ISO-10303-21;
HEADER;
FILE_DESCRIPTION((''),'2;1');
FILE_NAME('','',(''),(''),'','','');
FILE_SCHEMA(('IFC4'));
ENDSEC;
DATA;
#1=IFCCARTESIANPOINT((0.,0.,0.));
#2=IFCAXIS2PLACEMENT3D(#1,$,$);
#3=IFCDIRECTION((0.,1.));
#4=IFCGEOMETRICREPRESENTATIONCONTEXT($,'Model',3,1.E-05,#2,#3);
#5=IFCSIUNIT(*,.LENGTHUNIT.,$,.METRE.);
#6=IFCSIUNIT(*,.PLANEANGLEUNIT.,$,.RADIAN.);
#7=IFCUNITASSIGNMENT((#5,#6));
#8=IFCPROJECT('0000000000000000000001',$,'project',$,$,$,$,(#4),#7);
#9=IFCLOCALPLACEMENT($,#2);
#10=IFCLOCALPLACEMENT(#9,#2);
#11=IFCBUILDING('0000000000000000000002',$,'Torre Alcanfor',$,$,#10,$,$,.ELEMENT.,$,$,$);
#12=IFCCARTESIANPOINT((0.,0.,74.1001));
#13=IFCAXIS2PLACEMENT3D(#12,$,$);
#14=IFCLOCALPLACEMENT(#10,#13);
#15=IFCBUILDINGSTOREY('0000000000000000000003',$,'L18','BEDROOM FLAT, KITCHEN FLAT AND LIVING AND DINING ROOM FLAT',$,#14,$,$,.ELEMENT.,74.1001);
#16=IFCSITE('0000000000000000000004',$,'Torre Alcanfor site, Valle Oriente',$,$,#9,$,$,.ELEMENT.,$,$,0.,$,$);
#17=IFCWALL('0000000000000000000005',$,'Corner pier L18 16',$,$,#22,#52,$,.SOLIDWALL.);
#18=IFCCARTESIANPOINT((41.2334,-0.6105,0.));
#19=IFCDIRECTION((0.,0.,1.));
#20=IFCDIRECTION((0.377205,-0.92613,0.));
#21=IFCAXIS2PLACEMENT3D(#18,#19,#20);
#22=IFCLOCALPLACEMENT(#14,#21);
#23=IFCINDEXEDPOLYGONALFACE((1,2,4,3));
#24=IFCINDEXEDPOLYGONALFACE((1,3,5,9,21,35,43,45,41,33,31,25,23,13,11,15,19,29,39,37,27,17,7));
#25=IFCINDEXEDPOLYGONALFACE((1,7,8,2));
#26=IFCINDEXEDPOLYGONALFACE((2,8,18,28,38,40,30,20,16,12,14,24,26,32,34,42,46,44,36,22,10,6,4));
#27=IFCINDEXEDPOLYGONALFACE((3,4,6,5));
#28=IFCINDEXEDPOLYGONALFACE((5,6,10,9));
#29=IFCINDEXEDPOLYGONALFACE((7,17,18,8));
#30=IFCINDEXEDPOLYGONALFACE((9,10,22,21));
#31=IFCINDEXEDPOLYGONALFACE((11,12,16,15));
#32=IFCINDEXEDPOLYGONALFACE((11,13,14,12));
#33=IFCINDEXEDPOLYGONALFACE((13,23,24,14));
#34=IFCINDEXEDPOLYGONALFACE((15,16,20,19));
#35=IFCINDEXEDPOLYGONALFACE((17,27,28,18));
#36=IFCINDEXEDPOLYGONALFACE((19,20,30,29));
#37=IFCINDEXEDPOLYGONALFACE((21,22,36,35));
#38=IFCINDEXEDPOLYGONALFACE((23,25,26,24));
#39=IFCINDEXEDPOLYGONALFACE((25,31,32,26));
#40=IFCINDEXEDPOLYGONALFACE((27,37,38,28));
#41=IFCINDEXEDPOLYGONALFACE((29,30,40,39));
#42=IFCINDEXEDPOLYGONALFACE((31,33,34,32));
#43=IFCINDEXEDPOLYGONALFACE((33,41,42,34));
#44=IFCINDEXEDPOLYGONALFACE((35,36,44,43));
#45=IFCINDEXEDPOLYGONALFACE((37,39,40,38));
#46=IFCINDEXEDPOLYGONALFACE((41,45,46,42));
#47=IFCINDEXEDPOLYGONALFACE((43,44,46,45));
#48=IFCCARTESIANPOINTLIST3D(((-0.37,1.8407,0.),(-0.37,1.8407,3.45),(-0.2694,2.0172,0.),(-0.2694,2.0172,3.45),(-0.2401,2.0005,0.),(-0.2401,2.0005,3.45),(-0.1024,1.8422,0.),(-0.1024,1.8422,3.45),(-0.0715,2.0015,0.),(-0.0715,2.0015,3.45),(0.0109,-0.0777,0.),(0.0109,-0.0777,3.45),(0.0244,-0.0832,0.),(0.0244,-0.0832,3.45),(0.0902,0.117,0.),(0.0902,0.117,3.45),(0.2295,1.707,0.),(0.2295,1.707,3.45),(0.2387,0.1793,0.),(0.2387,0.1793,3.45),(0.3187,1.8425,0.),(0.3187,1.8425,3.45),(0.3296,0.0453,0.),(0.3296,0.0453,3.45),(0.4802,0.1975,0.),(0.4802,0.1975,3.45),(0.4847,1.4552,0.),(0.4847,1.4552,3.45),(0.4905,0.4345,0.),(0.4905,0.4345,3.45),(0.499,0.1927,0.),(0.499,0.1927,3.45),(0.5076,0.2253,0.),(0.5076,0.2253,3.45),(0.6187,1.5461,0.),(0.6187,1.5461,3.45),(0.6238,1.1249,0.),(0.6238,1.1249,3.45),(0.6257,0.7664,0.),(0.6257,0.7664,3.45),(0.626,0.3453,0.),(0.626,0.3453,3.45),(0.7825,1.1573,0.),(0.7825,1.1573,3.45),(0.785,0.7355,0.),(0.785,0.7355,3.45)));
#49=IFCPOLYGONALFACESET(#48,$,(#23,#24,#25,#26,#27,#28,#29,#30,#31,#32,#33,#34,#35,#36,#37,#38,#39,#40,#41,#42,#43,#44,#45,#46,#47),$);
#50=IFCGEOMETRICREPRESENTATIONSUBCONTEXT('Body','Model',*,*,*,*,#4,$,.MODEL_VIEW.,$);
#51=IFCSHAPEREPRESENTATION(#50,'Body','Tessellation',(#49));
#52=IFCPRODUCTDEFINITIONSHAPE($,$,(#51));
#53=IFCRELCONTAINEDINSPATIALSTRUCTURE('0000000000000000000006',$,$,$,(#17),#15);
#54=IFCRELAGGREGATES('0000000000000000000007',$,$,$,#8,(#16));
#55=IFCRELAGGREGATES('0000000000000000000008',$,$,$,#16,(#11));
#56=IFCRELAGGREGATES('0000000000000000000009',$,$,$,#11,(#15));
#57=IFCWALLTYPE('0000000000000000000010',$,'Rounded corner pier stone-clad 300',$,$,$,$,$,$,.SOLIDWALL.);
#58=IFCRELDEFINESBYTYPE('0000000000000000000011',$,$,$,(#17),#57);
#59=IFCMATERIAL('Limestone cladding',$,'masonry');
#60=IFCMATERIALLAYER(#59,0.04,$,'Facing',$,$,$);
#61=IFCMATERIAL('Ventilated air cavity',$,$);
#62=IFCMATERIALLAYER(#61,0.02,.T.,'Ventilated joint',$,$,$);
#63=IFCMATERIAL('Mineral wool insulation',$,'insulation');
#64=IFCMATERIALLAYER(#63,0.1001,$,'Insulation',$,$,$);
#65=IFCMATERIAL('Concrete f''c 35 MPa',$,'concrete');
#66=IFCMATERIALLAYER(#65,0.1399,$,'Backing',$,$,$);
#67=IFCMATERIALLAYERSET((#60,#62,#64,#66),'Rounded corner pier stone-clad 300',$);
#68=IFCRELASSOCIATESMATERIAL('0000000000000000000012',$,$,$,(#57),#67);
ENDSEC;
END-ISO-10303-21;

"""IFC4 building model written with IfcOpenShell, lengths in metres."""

from ifc_helpers import new_model, si_unit, direction, frame, origin, place, context, subcontext, project, spatial, polyline, outline, extrude, material, layer, layer_set, type_object, element, save


model = new_model("IFC4")

# Units and contexts
model_context = context("Model", 3, precision=1e-05, world=origin(), true_north=direction((0.0, 1.0)))
body_context = subcontext(model_context, "Body", "Model", "MODEL_VIEW")
ifc_project = project(units=[si_unit("LENGTHUNIT", "METRE"), si_unit("PLANEANGLEUNIT", "RADIAN")], contexts=[model_context])

# Site, building, storey
site_placement = place(None, origin())
site = spatial("IfcSite", under=ifc_project, at=site_placement, Name="Torre Alcanfor site, Valle Oriente", CompositionType="ELEMENT", RefElevation=0.0)
building_placement = place(site_placement, origin())
building = spatial("IfcBuilding", under=site, at=building_placement, Name="Torre Alcanfor", CompositionType="ELEMENT")
storey_placement = place(building_placement, frame((0.0, 0.0, 74.1001)))
storey = spatial("IfcBuildingStorey", under=building, at=storey_placement, Name="L18", Description="BEDROOM FLAT, KITCHEN FLAT AND LIVING AND DINING ROOM FLAT", CompositionType="ELEMENT", Elevation=74.1001)

# Wall
ifc_material_1 = material(Name="Limestone cladding", Category="masonry")
ifc_layer_1 = layer(ifc_material_1, 0.04, Name="Facing")
ifc_material_2 = material(Name="Ventilated air cavity")
ifc_layer_2 = layer(ifc_material_2, 0.02, ventilated=True, Name="Ventilated joint")
ifc_material_3 = material(Name="Mineral wool insulation", Category="insulation")
ifc_layer_3 = layer(ifc_material_3, 0.1001, Name="Insulation")
ifc_material_4 = material(Name="Concrete f'c 35 MPa", Category="concrete")
ifc_layer_4 = layer(ifc_material_4, 0.1399, Name="Backing")
ifc_layer_set_1 = layer_set([ifc_layer_1, ifc_layer_2, ifc_layer_3, ifc_layer_4], Name="Rounded corner pier stone-clad 300")
wall_type_1 = type_object("IfcWallType", Name="Rounded corner pier stone-clad 300", PredefinedType="SOLIDWALL", material=ifc_layer_set_1)
wall_1_placement = place(storey_placement, frame((41.2334, -0.6105, 0.0), z_axis=(0.0, 0.0, 1.0), x_axis=(0.377205, -0.92613, 0.0)))
element("IfcWall", 1, at=wall_1_placement, inside=storey, type_object=wall_type_1, Name="Corner pier L18 16", PredefinedType="SOLIDWALL", context=body_context, shape_type="SweptSolid", body=[
    extrude(outline(polyline([(0.3187, 1.8425), (-0.0715, 2.0015), (-0.2401, 2.0005), (-0.2694, 2.0172), (-0.37, 1.8407), (-0.1024, 1.8422), (0.2295, 1.707), (0.4847, 1.4552), (0.6238, 1.1249), (0.6257, 0.7664), (0.4905, 0.4345), (0.2387, 0.1793), (0.0902, 0.117), (0.0109, -0.0777), (0.0244, -0.0832), (0.3296, 0.0453), (0.4802, 0.1975), (0.499, 0.1927), (0.5076, 0.2253), (0.626, 0.3453), (0.785, 0.7355), (0.7825, 1.1573), (0.6187, 1.5461), (0.3187, 1.8425)])), origin(), (0.0, 0.0, 1.0), 3.45),
])

save(model, "model.ifc")
